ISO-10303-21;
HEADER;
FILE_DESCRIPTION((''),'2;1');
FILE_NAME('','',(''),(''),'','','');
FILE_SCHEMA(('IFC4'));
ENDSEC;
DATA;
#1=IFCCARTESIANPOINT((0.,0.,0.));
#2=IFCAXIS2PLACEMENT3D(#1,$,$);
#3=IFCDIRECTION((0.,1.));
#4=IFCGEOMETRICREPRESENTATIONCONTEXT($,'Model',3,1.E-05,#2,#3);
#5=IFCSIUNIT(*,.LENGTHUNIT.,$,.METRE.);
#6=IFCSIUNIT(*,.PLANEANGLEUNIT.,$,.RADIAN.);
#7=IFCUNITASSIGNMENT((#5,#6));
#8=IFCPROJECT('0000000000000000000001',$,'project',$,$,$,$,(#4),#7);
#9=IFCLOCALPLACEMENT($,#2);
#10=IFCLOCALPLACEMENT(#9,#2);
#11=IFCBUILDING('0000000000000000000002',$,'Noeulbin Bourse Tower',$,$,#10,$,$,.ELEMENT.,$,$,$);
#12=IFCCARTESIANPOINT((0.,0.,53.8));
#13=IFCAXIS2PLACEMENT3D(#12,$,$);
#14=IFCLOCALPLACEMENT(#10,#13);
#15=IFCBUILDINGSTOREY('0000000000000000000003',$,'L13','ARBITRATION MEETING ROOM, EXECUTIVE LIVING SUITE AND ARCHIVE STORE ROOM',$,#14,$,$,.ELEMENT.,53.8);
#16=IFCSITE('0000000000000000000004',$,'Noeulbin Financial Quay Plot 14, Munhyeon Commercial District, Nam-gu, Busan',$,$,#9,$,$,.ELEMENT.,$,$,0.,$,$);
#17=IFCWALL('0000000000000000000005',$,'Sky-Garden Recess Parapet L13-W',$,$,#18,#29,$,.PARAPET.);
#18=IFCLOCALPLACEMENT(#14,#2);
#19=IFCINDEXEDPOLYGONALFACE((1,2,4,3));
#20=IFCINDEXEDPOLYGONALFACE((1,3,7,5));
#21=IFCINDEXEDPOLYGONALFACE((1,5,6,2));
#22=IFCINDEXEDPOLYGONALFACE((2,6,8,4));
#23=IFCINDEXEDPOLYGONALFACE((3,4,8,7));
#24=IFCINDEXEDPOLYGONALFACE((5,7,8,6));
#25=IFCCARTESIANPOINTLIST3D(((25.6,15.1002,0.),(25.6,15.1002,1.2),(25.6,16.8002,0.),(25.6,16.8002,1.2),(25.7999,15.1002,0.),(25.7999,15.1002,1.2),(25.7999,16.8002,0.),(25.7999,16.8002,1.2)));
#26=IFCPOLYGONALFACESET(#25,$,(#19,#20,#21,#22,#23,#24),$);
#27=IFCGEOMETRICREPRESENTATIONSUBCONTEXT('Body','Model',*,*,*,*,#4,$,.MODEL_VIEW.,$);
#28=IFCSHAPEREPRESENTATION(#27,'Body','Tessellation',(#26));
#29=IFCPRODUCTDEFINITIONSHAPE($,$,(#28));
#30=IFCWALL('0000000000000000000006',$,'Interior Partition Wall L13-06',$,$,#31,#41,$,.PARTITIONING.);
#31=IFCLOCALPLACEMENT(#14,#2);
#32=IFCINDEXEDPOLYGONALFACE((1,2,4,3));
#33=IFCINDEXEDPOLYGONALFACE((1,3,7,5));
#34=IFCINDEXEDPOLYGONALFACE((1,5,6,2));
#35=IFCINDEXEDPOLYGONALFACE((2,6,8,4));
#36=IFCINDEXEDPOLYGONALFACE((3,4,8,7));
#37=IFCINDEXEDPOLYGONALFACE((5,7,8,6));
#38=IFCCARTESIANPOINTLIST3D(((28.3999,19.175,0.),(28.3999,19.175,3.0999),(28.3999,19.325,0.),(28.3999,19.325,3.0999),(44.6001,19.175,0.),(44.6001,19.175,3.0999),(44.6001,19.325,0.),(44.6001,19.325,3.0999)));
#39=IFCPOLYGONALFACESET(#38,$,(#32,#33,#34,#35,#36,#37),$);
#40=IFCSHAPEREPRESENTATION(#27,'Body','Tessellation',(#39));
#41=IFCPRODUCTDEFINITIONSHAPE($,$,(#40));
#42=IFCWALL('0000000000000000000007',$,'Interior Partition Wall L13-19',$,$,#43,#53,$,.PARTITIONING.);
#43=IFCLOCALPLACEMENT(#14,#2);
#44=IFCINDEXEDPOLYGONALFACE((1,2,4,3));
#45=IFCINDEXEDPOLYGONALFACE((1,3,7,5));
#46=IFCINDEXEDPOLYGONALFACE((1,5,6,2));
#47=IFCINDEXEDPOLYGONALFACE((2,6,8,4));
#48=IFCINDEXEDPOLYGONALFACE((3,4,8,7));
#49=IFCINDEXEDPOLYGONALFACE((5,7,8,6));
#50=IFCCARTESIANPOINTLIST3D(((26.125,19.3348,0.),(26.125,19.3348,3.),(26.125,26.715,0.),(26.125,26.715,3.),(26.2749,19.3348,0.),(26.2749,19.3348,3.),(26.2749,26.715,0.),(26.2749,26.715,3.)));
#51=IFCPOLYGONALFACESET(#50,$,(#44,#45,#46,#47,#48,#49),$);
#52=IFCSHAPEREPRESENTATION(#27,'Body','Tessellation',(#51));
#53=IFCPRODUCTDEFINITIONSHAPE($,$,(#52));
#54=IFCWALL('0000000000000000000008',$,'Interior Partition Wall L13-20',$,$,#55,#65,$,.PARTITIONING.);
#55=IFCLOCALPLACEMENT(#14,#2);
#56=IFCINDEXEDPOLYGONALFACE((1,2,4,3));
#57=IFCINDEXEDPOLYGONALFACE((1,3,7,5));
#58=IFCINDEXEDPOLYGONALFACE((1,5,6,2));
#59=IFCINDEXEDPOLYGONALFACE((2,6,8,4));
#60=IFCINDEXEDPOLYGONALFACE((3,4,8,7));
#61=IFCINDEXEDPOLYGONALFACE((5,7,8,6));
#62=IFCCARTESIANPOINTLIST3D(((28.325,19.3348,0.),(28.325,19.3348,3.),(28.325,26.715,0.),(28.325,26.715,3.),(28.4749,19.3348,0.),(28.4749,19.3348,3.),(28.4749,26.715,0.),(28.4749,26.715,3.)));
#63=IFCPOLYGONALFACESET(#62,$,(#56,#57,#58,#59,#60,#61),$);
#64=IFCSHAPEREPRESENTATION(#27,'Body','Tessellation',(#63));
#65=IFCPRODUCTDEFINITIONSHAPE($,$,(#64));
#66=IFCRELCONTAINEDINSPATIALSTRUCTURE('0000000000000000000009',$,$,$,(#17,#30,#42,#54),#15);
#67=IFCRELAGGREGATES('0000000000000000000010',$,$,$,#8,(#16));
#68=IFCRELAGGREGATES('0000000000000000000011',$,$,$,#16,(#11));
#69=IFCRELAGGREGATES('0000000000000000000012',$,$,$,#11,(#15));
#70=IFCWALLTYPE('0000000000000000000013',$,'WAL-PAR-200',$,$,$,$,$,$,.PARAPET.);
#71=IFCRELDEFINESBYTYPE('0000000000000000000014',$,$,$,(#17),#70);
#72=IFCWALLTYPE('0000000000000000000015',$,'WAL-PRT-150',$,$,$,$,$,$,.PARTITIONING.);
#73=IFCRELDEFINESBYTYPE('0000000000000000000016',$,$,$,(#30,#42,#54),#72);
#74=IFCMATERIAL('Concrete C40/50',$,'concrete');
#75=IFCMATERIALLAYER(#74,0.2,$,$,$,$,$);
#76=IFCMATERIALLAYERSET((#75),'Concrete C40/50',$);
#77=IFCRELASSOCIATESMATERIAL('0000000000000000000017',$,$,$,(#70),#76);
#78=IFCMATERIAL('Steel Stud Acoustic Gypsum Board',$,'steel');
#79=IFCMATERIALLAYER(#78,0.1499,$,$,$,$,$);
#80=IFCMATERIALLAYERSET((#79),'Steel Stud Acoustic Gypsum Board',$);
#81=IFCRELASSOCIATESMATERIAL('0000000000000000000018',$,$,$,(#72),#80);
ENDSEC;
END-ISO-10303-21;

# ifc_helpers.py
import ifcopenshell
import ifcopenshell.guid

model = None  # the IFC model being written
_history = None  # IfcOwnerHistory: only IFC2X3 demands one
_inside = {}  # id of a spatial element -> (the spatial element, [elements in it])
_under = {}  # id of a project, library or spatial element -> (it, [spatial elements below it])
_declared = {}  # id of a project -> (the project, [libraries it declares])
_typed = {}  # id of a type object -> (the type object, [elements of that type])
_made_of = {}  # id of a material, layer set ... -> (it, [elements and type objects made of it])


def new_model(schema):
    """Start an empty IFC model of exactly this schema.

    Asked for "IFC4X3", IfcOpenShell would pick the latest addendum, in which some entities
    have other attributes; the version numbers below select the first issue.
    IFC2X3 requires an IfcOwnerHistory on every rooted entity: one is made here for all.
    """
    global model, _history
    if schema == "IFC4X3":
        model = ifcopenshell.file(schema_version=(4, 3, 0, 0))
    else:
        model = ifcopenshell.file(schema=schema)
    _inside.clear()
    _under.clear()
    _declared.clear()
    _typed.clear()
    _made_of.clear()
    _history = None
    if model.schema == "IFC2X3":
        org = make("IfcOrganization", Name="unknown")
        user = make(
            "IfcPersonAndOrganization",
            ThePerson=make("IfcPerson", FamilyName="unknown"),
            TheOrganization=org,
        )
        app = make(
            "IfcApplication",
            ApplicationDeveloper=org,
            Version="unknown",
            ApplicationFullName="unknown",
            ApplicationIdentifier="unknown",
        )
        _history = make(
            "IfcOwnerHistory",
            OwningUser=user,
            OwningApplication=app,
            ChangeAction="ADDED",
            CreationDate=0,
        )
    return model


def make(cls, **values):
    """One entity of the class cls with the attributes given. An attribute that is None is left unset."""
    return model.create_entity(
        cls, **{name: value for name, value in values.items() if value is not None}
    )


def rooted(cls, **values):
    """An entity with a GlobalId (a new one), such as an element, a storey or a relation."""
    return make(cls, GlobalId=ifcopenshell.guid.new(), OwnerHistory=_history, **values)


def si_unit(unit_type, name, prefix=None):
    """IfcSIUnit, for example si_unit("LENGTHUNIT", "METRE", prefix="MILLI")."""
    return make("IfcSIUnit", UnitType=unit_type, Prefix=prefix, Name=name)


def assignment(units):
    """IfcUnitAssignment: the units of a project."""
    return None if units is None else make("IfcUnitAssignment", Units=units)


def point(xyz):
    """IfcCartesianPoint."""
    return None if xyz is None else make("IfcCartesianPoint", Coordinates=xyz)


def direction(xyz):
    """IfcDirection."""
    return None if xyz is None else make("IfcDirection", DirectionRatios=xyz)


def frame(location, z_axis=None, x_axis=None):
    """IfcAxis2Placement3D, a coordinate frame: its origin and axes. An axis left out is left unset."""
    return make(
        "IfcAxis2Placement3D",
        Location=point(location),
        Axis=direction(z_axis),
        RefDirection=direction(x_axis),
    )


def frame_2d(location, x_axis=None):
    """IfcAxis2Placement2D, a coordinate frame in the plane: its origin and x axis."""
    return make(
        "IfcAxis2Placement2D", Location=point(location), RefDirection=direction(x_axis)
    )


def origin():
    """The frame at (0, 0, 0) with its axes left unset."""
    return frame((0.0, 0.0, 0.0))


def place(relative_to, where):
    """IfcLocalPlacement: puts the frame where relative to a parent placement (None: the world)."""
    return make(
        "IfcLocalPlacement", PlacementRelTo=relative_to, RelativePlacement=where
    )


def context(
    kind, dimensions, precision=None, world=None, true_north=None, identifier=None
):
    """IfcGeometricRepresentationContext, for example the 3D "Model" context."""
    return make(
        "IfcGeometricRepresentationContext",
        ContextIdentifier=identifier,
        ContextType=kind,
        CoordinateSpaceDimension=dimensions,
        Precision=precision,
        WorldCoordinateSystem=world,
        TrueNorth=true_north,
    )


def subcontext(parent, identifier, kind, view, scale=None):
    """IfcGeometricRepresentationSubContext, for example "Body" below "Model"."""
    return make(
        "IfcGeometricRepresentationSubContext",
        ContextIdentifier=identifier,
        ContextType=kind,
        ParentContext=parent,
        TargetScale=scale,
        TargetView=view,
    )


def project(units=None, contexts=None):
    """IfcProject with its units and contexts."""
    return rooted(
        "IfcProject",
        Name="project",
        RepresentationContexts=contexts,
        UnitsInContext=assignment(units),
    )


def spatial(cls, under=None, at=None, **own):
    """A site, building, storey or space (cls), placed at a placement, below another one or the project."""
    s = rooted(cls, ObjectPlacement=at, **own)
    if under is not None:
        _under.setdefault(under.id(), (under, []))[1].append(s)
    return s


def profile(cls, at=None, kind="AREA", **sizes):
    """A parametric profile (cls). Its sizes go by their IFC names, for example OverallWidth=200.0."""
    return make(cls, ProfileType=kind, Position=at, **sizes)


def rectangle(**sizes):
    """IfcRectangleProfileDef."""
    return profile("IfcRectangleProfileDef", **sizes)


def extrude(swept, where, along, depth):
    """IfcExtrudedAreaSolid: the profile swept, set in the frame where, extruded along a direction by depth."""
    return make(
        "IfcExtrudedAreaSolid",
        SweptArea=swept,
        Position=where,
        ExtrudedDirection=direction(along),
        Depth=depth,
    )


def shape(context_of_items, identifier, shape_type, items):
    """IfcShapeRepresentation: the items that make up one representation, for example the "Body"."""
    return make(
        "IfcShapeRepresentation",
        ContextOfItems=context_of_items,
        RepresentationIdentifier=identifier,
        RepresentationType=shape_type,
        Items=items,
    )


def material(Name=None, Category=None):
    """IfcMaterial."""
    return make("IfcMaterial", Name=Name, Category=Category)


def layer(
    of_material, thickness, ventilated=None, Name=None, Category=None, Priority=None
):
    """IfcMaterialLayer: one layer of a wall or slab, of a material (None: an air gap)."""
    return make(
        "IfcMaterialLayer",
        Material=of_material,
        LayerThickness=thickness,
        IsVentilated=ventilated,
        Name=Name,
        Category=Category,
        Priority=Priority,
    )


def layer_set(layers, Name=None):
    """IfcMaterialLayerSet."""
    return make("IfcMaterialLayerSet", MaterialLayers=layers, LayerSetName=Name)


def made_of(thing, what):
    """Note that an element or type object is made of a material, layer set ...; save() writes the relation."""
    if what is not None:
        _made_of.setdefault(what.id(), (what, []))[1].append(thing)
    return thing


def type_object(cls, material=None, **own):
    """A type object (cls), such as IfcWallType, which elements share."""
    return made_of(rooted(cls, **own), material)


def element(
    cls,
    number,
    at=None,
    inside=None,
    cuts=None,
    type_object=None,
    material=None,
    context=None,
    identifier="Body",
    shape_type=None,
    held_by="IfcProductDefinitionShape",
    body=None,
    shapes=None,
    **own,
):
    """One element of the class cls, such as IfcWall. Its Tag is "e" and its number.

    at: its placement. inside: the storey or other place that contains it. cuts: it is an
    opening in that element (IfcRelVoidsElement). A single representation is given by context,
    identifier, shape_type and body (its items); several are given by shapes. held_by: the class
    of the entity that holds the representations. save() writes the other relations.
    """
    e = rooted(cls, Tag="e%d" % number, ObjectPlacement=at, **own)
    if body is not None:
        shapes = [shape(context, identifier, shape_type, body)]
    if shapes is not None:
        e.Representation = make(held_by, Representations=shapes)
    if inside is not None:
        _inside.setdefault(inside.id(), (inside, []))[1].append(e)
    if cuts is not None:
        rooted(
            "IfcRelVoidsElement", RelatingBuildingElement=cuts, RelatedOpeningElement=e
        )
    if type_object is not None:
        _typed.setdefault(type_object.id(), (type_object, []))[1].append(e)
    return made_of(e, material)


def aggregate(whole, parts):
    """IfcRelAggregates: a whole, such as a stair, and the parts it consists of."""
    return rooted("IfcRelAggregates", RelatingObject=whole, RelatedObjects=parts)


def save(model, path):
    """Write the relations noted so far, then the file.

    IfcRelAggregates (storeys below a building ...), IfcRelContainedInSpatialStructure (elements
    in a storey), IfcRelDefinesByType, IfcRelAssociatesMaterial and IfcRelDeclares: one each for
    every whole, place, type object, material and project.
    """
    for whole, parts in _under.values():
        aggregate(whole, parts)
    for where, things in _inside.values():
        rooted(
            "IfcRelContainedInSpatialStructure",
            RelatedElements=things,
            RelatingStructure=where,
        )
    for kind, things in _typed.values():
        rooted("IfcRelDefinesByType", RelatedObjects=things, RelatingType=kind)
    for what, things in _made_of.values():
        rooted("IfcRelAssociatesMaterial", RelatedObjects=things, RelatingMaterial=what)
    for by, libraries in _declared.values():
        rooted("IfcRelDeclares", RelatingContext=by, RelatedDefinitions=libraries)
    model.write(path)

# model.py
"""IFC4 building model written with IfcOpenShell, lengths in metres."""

from ifc_helpers import new_model, si_unit, direction, frame, frame_2d, origin, place, context, subcontext, project, spatial, rectangle, extrude, material, layer, layer_set, type_object, element, save


model = new_model("IFC4")

# Units and contexts
model_context = context("Model", 3, precision=1e-05, world=origin(), true_north=direction((0.0, 1.0)))
body_context = subcontext(model_context, "Body", "Model", "MODEL_VIEW")
ifc_project = project(units=[si_unit("LENGTHUNIT", "METRE"), si_unit("PLANEANGLEUNIT", "RADIAN")], contexts=[model_context])

# Site, building, storey
site_placement = place(None, origin())
site = spatial("IfcSite", under=ifc_project, at=site_placement, Name="Noeulbin Financial Quay Plot 14, Munhyeon Commercial District, Nam-gu, Busan", CompositionType="ELEMENT", RefElevation=0.0)
building_placement = place(site_placement, origin())
building = spatial("IfcBuilding", under=site, at=building_placement, Name="Noeulbin Bourse Tower", CompositionType="ELEMENT")
storey_placement = place(building_placement, frame((0.0, 0.0, 53.8)))
storey = spatial("IfcBuildingStorey", under=building, at=storey_placement, Name="L13", Description="ARBITRATION MEETING ROOM, EXECUTIVE LIVING SUITE AND ARCHIVE STORE ROOM", CompositionType="ELEMENT", Elevation=53.8)

# Walls
ifc_material_1 = material(Name="Concrete C40/50", Category="concrete")
ifc_layer_1 = layer(ifc_material_1, 0.2)
ifc_layer_set_1 = layer_set([ifc_layer_1], Name="Concrete C40/50")
wall_type_1 = type_object("IfcWallType", Name="WAL-PAR-200", PredefinedType="PARAPET", material=ifc_layer_set_1)
wall_1_placement = place(storey_placement, frame((25.7, 15.1001, 0.0), z_axis=(0.0, 0.0, 1.0), x_axis=(0.0, 1.0, 0.0)))
element("IfcWall", 1, at=wall_1_placement, inside=storey, type_object=wall_type_1, Name="Sky-Garden Recess Parapet L13-W", PredefinedType="PARAPET", context=body_context, shape_type="SweptSolid", body=[
    extrude(rectangle(XDim=1.7, YDim=0.2, at=frame_2d((0.8501, 0.0))), origin(), (0.0, 0.0, 1.0), 1.2),
])
ifc_material_2 = material(Name="Steel Stud Acoustic Gypsum Board", Category="steel")
ifc_layer_2 = layer(ifc_material_2, 0.1499)
ifc_layer_set_2 = layer_set([ifc_layer_2], Name="Steel Stud Acoustic Gypsum Board")
wall_type_2 = type_object("IfcWallType", Name="WAL-PRT-150", PredefinedType="PARTITIONING", material=ifc_layer_set_2)
wall_2_placement = place(storey_placement, frame((28.3999, 19.25, 0.0), z_axis=(0.0, 0.0, 1.0), x_axis=(1.0, 0.0, 0.0)))
element("IfcWall", 2, at=wall_2_placement, inside=storey, type_object=wall_type_2, Name="Interior Partition Wall L13-06", PredefinedType="PARTITIONING", context=body_context, shape_type="SweptSolid", body=[
    extrude(rectangle(XDim=16.2002, YDim=0.1499, at=frame_2d((8.1001, 0.0))), origin(), (0.0, 0.0, 1.0), 3.0999),
])
for number, where, z_axis, x_axis, name in (
    (3, (26.2, 19.335, 0.0), (0.0, 0.0, 1.0), (0.0, 1.0, 0.0), "Interior Partition Wall L13-19"),
    (4, (28.3999, 19.335, 0.0), (0.0, 0.0, 1.0), (0.0, 1.0, 0.0), "Interior Partition Wall L13-20"),
):
    element("IfcWall", number, at=place(storey_placement, frame(where, z_axis=z_axis, x_axis=x_axis)), inside=storey, type_object=wall_type_2, Name=name, PredefinedType="PARTITIONING", context=body_context, shape_type="SweptSolid", body=[
        extrude(rectangle(XDim=7.3801, YDim=0.1499, at=frame_2d((3.6899, 0.0))), origin(), (0.0, 0.0, 1.0), 3.0),
    ])

save(model, "model.ifc")
